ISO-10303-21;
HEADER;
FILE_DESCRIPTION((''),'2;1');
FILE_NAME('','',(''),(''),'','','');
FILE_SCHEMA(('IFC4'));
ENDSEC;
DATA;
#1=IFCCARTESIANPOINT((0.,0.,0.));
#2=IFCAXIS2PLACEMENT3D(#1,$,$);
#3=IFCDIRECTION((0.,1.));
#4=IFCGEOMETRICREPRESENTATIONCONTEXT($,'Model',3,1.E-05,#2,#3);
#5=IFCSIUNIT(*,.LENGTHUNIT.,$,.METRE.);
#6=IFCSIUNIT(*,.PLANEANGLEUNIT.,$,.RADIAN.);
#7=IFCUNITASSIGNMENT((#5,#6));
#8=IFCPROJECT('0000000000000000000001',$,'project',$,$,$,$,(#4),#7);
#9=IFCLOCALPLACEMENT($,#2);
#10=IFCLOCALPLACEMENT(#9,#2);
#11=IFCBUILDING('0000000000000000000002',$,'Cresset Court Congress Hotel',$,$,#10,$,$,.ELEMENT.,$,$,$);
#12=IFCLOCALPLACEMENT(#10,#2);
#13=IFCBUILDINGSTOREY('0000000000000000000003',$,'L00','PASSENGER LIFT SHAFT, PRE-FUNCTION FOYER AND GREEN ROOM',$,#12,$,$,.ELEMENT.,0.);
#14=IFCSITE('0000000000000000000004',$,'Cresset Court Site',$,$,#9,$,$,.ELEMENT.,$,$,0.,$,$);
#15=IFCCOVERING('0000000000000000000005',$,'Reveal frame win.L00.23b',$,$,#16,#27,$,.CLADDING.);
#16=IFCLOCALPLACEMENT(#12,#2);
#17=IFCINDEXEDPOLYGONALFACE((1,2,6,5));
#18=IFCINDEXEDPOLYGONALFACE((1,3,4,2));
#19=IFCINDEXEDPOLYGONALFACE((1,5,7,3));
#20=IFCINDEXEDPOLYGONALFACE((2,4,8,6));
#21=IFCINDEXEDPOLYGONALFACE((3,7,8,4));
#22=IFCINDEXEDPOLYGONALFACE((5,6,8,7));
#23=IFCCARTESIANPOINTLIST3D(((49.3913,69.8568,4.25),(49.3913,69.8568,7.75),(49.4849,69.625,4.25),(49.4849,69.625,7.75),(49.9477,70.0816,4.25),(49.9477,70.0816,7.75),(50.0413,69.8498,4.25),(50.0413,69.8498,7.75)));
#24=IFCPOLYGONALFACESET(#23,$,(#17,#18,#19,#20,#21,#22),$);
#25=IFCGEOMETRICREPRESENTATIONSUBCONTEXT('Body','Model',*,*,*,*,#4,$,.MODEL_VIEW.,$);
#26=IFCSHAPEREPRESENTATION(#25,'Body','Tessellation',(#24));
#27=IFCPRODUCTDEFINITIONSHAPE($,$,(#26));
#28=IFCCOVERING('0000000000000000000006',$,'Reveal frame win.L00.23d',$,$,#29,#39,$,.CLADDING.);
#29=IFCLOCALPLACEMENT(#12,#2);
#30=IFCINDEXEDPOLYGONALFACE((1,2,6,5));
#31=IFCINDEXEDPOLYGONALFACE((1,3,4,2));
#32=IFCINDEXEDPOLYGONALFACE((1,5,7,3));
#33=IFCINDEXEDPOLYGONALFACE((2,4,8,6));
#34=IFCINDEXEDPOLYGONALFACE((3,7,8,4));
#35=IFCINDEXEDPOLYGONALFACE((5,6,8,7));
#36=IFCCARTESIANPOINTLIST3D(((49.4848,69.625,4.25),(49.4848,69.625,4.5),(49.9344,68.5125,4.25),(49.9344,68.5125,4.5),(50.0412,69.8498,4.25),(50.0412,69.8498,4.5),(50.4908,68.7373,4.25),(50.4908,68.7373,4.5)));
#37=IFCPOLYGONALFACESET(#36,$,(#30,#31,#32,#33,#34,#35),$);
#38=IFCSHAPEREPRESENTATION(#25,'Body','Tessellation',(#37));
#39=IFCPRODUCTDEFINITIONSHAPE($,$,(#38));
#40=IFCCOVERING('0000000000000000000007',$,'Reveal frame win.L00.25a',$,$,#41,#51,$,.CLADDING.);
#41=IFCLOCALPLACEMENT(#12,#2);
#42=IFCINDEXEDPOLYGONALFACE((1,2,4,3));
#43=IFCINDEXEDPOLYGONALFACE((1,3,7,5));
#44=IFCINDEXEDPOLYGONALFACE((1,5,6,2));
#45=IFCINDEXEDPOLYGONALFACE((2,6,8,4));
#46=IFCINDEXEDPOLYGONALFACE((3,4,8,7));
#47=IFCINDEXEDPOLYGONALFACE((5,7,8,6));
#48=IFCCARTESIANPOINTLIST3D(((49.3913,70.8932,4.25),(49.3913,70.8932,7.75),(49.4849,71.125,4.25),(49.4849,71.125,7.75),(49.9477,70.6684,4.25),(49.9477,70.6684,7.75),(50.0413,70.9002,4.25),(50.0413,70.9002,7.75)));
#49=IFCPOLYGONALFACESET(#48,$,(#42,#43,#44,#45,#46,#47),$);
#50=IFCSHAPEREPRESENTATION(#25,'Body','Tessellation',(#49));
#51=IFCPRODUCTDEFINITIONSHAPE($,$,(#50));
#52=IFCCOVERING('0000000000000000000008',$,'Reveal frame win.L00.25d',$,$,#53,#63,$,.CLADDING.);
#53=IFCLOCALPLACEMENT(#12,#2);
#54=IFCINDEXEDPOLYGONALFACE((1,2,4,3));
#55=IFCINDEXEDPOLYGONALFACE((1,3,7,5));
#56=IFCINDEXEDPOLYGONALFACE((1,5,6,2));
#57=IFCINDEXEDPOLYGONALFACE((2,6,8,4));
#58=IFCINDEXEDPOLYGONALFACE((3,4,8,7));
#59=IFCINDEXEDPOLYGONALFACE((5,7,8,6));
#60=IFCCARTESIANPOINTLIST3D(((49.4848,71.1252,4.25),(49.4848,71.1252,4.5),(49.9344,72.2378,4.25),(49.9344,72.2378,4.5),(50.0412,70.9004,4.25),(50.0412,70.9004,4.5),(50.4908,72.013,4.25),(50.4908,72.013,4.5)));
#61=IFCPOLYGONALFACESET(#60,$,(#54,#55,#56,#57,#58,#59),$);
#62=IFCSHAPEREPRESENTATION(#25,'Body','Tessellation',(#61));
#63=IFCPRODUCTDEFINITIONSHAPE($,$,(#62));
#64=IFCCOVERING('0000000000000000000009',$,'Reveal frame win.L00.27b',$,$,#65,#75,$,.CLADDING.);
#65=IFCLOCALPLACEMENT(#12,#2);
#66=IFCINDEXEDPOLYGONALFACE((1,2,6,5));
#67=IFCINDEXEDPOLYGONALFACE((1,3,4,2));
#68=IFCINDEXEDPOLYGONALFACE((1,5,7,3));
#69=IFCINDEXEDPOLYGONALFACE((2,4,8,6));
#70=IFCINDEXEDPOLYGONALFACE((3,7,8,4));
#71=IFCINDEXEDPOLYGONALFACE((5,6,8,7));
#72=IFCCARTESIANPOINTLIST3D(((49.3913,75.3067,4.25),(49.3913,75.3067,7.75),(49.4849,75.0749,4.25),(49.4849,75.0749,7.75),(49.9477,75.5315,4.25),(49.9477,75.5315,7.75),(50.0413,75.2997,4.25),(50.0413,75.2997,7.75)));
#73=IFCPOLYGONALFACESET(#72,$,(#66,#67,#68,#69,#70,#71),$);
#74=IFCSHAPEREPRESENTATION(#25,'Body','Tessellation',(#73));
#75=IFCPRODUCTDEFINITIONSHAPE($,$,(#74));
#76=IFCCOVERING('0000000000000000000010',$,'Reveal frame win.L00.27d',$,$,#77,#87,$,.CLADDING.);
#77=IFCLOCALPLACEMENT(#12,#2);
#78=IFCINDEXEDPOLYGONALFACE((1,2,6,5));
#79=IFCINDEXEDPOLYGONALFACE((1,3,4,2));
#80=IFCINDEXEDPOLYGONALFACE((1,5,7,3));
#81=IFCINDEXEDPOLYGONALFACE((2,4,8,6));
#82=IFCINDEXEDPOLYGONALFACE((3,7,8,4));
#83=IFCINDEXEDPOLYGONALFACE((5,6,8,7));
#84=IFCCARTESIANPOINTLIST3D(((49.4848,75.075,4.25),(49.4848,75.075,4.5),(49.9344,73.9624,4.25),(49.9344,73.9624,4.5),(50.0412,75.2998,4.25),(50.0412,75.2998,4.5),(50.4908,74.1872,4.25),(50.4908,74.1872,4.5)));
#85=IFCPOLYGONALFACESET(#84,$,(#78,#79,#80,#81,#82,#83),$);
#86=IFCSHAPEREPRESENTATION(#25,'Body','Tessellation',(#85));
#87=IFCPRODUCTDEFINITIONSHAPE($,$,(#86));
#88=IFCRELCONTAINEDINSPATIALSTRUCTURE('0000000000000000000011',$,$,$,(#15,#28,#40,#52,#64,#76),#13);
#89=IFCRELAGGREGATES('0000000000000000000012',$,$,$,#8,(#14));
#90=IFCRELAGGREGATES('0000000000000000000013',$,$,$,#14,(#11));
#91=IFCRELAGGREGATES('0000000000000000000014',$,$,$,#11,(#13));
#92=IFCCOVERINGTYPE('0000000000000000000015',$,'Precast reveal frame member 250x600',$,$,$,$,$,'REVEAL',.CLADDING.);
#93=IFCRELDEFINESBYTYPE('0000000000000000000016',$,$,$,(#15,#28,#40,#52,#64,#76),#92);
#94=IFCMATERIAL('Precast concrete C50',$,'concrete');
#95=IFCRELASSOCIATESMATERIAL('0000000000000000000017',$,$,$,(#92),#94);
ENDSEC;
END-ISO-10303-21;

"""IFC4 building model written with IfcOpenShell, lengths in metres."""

from ifc_helpers import new_model, si_unit, direction, frame, origin, origin_2d, place, context, subcontext, project, spatial, rectangle, extrude, material, type_object, element, save


model = new_model("IFC4")

# Units and contexts
model_context = context("Model", 3, precision=1e-05, world=origin(), true_north=direction((0.0, 1.0)))
body_context = subcontext(model_context, "Body", "Model", "MODEL_VIEW")
ifc_project = project(units=[si_unit("LENGTHUNIT", "METRE"), si_unit("PLANEANGLEUNIT", "RADIAN")], contexts=[model_context])

# Site, building, storey
site_placement = place(None, origin())
site = spatial("IfcSite", under=ifc_project, at=site_placement, Name="Cresset Court Site", CompositionType="ELEMENT", RefElevation=0.0)
building_placement = place(site_placement, origin())
building = spatial("IfcBuilding", under=site, at=building_placement, Name="Cresset Court Congress Hotel", CompositionType="ELEMENT")
storey_placement = place(building_placement, origin())
storey = spatial("IfcBuildingStorey", under=building, at=storey_placement, Name="L00", Description="PASSENGER LIFT SHAFT, PRE-FUNCTION FOYER AND GREEN ROOM", CompositionType="ELEMENT", Elevation=0.0)

# Coverings
ifc_material_1 = material(Name="Precast concrete C50", Category="concrete")
covering_type_1 = type_object("IfcCoveringType", Name="Precast reveal frame member 250x600", ElementType="REVEAL", PredefinedType="CLADDING", material=ifc_material_1)
covering_1_placement = place(storey_placement, frame((49.7163, 69.8533, 4.25), z_axis=(0.0, 0.0, 1.0), x_axis=(-0.374623, 0.927177, 0.0)))
element("IfcCovering", 1, at=covering_1_placement, inside=storey, type_object=covering_type_1, Name="Reveal frame win.L00.23b", PredefinedType="CLADDING", context=body_context, shape_type="SweptSolid", body=[
    extrude(rectangle(XDim=0.25, YDim=0.6001, at=origin_2d()), origin(), (0.0, 0.0, 1.0), 3.5),
])
covering_2_placement = place(storey_placement, frame((49.9878, 69.1812, 4.25), z_axis=(0.0, 0.0, 1.0), x_axis=(-0.374623, 0.927177, 0.0)))
element("IfcCovering", 2, at=covering_2_placement, inside=storey, type_object=covering_type_1, Name="Reveal frame win.L00.23d", PredefinedType="CLADDING", context=body_context, shape_type="SweptSolid", body=[
    extrude(rectangle(XDim=1.2, YDim=0.6001, at=origin_2d()), origin(), (0.0, 0.0, 1.0), 0.25),
])
covering_3_placement = place(storey_placement, frame((49.7163, 70.8967, 4.25), z_axis=(0.0, 0.0, 1.0), x_axis=(0.374623, 0.927177, 0.0)))
element("IfcCovering", 3, at=covering_3_placement, inside=storey, type_object=covering_type_1, Name="Reveal frame win.L00.25a", PredefinedType="CLADDING", context=body_context, shape_type="SweptSolid", body=[
    extrude(rectangle(XDim=0.25, YDim=0.6001, at=origin_2d()), origin(), (0.0, 0.0, 1.0), 3.5),
])
covering_4_placement = place(storey_placement, frame((49.9878, 71.5691, 4.25), z_axis=(0.0, 0.0, 1.0), x_axis=(0.374623, 0.927177, 0.0)))
element("IfcCovering", 4, at=covering_4_placement, inside=storey, type_object=covering_type_1, Name="Reveal frame win.L00.25d", PredefinedType="CLADDING", context=body_context, shape_type="SweptSolid", body=[
    extrude(rectangle(XDim=1.2, YDim=0.6001, at=origin_2d()), origin(), (0.0, 0.0, 1.0), 0.25),
])
covering_5_placement = place(storey_placement, frame((49.7163, 75.3032, 4.25), z_axis=(0.0, 0.0, 1.0), x_axis=(-0.374623, 0.927177, 0.0)))
element("IfcCovering", 5, at=covering_5_placement, inside=storey, type_object=covering_type_1, Name="Reveal frame win.L00.27b", PredefinedType="CLADDING", context=body_context, shape_type="SweptSolid", body=[
    extrude(rectangle(XDim=0.25, YDim=0.6001, at=origin_2d()), origin(), (0.0, 0.0, 1.0), 3.5),
])
covering_6_placement = place(storey_placement, frame((49.9878, 74.6311, 4.25), z_axis=(0.0, 0.0, 1.0), x_axis=(-0.374623, 0.927177, 0.0)))
element("IfcCovering", 6, at=covering_6_placement, inside=storey, type_object=covering_type_1, Name="Reveal frame win.L00.27d", PredefinedType="CLADDING", context=body_context, shape_type="SweptSolid", body=[
    extrude(rectangle(XDim=1.2, YDim=0.6001, at=origin_2d()), origin(), (0.0, 0.0, 1.0), 0.25),
])

save(model, "model.ifc")
